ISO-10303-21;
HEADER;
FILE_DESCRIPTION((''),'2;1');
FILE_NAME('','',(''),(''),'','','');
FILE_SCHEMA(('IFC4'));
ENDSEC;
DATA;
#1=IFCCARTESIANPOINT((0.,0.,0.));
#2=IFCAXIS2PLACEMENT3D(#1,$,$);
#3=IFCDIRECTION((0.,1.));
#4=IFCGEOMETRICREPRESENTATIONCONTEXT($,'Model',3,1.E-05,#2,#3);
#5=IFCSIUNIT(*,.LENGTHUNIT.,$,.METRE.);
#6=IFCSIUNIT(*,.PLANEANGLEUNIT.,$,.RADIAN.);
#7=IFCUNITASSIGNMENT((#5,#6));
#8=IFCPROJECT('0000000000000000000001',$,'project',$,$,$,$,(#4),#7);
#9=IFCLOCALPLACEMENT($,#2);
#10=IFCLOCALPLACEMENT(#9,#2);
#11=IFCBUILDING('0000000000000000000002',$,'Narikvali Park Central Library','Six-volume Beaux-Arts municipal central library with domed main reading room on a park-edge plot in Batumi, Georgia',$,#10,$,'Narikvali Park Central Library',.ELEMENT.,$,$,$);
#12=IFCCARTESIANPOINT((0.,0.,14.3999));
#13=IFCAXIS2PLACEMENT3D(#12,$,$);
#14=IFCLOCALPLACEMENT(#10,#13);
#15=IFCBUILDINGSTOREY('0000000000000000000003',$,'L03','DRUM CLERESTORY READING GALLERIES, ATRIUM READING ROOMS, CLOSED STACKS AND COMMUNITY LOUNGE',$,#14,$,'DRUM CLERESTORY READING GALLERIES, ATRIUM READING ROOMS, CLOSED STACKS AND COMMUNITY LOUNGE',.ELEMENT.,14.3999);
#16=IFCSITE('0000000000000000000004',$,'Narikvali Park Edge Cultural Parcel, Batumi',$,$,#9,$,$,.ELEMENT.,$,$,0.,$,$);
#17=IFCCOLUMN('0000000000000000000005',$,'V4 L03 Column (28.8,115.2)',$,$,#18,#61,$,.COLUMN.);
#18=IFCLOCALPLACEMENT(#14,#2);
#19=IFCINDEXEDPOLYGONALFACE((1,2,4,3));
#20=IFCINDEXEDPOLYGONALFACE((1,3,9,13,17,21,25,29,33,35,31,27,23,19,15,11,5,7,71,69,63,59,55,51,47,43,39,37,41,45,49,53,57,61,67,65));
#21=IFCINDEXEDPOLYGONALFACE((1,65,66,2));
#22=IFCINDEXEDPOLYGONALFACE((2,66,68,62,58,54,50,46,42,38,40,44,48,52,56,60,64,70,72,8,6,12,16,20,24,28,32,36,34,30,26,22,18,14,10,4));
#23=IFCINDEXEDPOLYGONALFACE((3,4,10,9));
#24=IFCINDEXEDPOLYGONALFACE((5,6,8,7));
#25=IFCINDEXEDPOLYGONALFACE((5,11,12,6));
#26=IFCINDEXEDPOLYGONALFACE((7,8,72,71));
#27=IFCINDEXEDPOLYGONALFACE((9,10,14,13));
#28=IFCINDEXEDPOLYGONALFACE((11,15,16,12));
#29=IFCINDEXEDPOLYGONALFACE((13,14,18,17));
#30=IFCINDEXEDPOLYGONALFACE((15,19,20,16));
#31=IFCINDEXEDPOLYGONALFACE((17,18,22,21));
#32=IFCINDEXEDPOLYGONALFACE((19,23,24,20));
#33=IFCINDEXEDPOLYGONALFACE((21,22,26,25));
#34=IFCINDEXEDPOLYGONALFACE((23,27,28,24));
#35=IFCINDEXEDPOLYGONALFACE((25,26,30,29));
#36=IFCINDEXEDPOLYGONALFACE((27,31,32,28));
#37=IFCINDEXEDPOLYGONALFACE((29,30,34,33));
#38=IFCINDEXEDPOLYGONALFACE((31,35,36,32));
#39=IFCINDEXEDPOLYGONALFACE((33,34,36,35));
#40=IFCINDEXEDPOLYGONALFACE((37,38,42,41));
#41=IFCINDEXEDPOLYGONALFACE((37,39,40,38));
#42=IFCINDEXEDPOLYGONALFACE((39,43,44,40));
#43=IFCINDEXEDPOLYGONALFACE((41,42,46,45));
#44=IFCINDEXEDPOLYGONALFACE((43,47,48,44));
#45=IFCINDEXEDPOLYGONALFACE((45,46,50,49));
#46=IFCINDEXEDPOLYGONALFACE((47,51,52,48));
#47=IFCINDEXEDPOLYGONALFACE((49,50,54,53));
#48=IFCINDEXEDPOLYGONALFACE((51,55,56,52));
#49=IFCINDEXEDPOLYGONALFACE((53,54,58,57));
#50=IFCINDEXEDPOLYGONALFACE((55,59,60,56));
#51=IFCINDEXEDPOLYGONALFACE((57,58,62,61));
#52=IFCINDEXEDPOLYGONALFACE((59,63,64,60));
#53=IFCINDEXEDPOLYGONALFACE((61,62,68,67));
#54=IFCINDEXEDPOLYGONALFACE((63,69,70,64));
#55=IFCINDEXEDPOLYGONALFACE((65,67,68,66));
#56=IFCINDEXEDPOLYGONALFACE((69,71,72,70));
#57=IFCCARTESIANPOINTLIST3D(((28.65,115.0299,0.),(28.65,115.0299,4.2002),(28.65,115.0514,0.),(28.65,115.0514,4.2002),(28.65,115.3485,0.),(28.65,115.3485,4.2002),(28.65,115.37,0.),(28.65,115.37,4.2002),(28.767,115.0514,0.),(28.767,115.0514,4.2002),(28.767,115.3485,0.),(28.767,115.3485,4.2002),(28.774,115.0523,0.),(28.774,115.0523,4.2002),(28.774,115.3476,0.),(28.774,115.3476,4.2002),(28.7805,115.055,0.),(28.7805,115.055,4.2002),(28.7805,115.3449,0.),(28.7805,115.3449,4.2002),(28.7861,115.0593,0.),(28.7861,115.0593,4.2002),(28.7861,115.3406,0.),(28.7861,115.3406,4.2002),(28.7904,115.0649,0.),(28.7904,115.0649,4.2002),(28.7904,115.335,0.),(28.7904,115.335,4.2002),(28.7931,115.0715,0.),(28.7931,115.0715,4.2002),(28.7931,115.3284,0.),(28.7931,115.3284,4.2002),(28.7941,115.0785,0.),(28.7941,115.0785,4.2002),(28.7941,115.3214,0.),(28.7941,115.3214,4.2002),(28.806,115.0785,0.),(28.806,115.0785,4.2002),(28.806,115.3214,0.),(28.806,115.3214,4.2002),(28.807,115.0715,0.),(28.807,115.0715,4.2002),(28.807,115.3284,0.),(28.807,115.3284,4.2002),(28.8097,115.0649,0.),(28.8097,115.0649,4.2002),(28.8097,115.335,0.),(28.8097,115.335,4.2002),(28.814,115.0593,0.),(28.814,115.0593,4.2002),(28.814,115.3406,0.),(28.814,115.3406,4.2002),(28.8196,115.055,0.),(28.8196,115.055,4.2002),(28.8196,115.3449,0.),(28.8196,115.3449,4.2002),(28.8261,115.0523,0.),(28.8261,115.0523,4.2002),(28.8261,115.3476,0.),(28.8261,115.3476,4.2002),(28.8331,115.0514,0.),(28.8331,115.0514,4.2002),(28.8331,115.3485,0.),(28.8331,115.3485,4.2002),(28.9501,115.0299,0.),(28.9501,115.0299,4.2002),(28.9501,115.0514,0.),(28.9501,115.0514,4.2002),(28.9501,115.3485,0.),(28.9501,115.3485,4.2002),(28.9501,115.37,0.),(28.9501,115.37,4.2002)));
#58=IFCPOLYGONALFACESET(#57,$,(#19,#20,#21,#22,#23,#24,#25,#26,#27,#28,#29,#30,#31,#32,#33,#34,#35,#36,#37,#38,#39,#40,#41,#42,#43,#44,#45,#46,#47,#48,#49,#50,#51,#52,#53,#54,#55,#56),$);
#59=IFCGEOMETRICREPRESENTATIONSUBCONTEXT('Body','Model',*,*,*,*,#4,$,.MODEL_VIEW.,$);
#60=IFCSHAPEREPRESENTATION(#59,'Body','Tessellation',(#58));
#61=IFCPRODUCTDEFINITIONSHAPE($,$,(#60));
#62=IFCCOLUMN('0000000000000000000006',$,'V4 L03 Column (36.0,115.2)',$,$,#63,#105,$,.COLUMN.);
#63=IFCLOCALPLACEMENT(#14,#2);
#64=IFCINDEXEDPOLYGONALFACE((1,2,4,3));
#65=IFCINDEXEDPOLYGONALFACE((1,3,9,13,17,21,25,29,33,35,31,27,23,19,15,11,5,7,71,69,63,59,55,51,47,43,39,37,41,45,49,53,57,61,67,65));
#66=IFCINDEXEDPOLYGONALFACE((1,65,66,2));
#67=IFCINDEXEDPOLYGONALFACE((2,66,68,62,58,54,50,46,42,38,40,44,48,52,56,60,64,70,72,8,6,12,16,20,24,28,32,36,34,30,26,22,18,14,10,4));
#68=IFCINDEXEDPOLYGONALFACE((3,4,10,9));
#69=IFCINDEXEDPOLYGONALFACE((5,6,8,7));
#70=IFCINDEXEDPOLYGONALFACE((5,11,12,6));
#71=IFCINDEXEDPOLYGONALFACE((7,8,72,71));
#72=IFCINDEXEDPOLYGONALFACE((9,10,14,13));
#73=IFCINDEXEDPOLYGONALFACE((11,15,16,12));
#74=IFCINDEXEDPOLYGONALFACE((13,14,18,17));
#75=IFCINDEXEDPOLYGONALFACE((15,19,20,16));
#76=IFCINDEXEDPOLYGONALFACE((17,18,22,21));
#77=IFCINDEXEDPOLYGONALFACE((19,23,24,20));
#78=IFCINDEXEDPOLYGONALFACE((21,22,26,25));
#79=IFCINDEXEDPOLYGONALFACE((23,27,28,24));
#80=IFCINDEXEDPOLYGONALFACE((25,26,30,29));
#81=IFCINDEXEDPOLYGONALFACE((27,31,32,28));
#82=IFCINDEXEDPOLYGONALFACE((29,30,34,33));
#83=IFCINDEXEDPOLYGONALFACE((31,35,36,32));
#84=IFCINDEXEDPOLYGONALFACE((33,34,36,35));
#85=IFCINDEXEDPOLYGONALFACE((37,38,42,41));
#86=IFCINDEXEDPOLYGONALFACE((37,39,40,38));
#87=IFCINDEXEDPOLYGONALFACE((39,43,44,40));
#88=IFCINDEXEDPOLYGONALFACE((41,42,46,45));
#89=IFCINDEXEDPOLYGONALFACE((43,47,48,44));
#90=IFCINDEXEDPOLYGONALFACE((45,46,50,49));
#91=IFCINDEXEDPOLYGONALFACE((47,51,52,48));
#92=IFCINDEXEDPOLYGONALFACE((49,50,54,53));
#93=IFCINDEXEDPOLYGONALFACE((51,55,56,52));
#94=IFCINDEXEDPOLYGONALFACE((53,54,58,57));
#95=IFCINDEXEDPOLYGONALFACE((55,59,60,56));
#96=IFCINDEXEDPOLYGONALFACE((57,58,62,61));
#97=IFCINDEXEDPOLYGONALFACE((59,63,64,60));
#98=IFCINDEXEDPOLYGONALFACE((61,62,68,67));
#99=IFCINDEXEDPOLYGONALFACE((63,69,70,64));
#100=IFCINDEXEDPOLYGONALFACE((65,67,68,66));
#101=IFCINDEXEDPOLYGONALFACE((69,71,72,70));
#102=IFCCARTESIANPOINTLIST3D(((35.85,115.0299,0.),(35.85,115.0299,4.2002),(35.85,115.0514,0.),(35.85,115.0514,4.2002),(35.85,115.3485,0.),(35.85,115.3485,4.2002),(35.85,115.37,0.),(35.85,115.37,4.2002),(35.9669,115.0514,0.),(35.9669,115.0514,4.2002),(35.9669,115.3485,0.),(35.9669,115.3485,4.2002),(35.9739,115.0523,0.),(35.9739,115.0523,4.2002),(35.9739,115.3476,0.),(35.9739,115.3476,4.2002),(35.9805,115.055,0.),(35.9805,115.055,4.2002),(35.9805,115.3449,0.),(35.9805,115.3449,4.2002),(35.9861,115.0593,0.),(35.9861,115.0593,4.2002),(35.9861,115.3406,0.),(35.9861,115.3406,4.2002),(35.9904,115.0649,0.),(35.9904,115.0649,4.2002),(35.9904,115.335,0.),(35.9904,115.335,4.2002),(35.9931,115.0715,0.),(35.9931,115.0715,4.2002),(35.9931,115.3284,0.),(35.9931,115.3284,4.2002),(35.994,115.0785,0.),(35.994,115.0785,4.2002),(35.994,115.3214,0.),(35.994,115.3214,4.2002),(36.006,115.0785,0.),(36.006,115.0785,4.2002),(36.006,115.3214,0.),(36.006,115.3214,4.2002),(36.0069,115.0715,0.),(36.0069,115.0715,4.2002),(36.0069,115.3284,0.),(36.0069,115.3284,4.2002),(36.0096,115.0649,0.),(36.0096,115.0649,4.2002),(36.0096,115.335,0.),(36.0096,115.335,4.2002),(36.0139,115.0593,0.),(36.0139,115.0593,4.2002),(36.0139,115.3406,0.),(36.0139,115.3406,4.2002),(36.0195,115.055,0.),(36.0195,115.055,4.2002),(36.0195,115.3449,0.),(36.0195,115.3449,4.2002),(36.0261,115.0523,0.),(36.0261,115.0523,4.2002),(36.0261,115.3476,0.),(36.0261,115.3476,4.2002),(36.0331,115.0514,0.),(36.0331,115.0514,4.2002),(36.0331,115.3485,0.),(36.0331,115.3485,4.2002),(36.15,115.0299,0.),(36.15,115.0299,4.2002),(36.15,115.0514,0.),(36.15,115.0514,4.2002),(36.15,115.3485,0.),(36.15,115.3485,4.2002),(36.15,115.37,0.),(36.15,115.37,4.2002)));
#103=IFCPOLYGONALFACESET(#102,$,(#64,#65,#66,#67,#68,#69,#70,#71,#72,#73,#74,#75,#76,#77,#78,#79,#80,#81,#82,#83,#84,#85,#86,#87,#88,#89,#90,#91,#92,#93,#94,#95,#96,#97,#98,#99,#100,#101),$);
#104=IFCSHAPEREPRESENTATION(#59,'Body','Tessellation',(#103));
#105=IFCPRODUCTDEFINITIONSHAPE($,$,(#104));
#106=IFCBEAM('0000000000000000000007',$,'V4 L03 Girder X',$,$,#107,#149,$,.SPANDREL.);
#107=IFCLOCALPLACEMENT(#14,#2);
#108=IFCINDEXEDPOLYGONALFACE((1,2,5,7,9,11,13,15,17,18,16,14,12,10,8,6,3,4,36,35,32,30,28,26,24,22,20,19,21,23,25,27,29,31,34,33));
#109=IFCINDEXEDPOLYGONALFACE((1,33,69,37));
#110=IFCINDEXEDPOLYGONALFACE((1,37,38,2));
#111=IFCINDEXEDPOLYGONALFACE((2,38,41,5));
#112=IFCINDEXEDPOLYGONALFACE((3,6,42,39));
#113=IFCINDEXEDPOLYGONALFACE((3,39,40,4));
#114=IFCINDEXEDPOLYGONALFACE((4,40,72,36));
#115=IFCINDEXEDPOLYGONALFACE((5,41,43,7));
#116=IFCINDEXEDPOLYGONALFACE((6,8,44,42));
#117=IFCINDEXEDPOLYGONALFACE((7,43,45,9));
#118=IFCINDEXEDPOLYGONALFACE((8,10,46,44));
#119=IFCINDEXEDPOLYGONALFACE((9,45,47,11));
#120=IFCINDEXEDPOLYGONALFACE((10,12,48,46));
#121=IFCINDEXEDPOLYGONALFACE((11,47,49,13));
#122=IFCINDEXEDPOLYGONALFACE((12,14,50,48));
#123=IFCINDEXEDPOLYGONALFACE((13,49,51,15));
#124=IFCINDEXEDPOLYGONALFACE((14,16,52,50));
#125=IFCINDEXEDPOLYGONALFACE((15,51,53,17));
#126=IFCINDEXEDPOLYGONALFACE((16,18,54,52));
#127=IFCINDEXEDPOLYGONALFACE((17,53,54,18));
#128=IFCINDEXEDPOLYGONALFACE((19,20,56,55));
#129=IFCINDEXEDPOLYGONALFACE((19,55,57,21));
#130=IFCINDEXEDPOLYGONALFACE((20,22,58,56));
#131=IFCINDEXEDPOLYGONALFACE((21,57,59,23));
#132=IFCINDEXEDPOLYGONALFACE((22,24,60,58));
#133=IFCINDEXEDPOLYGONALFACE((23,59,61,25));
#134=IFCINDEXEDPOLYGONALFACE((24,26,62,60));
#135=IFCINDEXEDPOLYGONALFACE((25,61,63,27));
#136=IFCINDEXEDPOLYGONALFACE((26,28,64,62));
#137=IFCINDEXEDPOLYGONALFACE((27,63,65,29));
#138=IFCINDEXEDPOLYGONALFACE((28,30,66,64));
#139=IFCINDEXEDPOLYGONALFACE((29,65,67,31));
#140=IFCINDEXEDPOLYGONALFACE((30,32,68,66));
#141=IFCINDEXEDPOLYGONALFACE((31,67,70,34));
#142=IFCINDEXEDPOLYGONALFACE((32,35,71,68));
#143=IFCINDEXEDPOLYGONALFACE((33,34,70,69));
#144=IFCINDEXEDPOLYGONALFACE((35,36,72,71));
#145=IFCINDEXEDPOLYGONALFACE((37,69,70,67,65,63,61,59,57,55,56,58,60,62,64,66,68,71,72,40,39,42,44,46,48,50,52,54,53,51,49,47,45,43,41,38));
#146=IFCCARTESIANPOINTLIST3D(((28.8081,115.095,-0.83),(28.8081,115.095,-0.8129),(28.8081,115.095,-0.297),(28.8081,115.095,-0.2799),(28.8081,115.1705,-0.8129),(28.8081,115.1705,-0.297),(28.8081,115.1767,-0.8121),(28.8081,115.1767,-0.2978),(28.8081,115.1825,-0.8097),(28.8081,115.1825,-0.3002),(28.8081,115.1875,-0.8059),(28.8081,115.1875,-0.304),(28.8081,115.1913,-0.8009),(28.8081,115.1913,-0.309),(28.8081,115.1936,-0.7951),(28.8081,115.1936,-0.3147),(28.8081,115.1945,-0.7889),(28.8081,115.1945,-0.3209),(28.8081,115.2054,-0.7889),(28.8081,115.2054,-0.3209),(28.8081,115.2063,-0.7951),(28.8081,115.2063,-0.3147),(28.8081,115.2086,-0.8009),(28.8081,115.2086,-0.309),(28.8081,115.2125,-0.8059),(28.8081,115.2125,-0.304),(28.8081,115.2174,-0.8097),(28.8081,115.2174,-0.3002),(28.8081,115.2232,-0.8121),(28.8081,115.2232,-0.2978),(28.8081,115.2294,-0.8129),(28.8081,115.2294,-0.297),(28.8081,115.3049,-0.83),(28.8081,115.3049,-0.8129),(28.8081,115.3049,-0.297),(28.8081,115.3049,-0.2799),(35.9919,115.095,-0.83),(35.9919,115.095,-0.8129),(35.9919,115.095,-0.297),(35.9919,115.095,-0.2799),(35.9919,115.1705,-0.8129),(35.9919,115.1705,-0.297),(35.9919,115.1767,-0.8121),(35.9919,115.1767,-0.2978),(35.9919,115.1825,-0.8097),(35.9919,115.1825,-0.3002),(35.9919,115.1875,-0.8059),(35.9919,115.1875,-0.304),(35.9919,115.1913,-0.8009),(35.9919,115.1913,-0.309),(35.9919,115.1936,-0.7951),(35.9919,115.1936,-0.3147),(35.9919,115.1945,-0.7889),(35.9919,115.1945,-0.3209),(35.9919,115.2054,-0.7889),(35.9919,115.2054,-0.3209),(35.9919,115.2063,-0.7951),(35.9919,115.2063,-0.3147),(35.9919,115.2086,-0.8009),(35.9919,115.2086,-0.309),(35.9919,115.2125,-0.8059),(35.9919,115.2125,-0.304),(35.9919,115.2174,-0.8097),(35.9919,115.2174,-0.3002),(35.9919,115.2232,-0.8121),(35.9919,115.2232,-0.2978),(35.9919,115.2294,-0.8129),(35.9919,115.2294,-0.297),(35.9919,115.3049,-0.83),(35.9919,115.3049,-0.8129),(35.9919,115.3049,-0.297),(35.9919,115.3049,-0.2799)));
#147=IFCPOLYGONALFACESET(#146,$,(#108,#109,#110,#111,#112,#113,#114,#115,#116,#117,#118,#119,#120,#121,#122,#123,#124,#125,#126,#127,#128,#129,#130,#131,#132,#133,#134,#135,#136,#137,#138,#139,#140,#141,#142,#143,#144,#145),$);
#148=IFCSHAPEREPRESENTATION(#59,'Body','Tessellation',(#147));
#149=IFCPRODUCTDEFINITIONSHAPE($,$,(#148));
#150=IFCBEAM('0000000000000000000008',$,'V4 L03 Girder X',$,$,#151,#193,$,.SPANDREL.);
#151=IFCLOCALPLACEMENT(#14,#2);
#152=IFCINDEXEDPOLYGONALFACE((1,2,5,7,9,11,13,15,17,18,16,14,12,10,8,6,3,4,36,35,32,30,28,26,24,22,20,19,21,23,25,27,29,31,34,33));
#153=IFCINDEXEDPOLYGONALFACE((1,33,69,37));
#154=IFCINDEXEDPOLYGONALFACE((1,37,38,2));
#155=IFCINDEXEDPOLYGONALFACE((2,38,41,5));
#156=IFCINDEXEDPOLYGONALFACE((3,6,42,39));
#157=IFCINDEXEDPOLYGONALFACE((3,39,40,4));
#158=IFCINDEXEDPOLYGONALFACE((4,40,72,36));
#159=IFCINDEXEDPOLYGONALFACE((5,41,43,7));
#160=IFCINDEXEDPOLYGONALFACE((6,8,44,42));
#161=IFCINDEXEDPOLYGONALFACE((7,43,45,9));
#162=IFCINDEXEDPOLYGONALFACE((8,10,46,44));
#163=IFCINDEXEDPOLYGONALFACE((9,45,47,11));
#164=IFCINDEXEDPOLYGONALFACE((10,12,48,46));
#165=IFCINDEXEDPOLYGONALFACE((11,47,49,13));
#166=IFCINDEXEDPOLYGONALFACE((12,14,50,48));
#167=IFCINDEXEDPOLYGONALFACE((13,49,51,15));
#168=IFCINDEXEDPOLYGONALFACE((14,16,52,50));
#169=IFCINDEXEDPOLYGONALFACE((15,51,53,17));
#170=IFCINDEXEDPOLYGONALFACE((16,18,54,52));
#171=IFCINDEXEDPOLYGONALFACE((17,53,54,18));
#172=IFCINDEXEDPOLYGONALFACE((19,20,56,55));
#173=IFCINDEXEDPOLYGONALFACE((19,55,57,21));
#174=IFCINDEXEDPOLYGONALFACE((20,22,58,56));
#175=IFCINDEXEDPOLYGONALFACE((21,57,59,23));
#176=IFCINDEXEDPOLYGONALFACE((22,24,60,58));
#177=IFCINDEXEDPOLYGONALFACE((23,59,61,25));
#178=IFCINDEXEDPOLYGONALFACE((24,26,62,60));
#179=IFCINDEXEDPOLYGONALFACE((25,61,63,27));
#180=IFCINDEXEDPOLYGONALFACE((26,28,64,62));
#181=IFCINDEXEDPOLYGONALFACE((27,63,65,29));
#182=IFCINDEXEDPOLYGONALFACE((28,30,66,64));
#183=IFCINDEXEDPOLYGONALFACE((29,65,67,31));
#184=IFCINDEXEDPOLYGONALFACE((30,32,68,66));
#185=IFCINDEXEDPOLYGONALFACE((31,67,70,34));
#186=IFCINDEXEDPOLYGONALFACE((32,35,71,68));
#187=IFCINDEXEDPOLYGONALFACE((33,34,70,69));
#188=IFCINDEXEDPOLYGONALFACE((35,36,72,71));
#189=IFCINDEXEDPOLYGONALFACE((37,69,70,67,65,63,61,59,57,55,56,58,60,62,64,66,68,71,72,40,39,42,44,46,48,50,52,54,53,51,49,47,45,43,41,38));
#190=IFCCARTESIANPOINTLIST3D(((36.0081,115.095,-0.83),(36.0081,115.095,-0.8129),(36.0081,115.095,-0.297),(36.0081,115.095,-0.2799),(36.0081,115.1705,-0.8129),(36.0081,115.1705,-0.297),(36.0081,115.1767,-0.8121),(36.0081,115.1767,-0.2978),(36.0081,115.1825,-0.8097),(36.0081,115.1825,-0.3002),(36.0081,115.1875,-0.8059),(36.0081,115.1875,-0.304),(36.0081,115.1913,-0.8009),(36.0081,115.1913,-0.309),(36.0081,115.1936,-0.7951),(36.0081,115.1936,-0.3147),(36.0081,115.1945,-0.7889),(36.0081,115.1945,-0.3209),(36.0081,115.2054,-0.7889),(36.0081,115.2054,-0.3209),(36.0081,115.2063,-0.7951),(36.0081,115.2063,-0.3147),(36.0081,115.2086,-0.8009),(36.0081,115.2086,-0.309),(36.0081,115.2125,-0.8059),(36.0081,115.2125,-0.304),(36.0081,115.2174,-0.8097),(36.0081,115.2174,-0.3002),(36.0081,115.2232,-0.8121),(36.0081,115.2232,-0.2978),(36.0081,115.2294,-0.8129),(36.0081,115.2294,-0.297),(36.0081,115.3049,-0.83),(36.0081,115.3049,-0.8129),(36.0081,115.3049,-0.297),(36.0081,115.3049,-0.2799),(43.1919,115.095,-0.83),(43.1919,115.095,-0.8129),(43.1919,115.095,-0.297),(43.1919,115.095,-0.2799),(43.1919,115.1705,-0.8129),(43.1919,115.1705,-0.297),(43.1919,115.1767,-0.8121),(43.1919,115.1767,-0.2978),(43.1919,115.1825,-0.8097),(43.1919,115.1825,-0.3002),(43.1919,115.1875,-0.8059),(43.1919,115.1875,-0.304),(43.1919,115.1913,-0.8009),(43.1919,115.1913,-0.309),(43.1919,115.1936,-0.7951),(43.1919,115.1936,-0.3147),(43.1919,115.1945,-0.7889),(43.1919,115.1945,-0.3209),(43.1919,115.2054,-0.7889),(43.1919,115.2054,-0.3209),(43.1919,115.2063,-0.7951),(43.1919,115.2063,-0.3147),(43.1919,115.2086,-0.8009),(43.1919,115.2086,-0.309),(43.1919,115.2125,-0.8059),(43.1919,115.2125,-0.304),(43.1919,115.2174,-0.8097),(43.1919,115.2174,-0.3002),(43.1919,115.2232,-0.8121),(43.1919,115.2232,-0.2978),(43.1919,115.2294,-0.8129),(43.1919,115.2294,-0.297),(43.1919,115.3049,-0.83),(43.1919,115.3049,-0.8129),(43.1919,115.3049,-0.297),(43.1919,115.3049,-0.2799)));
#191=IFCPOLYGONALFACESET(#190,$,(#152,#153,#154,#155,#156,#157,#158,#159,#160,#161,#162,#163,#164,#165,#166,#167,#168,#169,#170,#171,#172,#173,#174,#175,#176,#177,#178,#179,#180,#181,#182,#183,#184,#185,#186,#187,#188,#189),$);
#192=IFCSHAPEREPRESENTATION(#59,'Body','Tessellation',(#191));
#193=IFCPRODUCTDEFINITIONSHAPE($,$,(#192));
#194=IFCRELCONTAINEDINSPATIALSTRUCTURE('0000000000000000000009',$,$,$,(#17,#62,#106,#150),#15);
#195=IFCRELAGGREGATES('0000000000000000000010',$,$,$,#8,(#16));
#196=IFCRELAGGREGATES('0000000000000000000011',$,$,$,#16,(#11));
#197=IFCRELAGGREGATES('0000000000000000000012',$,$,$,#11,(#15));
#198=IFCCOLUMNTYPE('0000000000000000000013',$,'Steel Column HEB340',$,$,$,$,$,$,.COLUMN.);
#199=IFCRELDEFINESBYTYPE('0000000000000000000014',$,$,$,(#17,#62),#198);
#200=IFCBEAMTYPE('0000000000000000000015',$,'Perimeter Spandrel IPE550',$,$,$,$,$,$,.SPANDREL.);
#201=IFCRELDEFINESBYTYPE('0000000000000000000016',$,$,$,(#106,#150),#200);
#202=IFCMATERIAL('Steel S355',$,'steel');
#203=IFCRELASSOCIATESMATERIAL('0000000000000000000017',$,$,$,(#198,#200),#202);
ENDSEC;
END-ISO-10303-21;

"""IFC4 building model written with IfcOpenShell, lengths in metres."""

from ifc_helpers import new_model, si_unit, direction, frame, origin, origin_2d, place, context, subcontext, project, spatial, i_section, extrude, material, material_profile, profile_set, type_object, element, save


model = new_model("IFC4")

# Units and contexts
model_context = context("Model", 3, precision=1e-05, world=origin(), true_north=direction((0.0, 1.0)))
body_context = subcontext(model_context, "Body", "Model", "MODEL_VIEW")
ifc_project = project(units=[si_unit("LENGTHUNIT", "METRE"), si_unit("PLANEANGLEUNIT", "RADIAN")], contexts=[model_context])

# Site, building, storey
site_placement = place(None, origin())
site = spatial("IfcSite", under=ifc_project, at=site_placement, Name="Narikvali Park Edge Cultural Parcel, Batumi", CompositionType="ELEMENT", RefElevation=0.0)
building_placement = place(site_placement, origin())
building = spatial("IfcBuilding", under=site, at=building_placement, Name="Narikvali Park Central Library", Description="Six-volume Beaux-Arts municipal central library with domed main reading room on a park-edge plot in Batumi, Georgia", LongName="Narikvali Park Central Library", CompositionType="ELEMENT")
storey_placement = place(building_placement, frame((0.0, 0.0, 14.3999)))
storey = spatial("IfcBuildingStorey", under=building, at=storey_placement, Name="L03", Description="DRUM CLERESTORY READING GALLERIES, ATRIUM READING ROOMS, CLOSED STACKS AND COMMUNITY LOUNGE", LongName="DRUM CLERESTORY READING GALLERIES, ATRIUM READING ROOMS, CLOSED STACKS AND COMMUNITY LOUNGE", CompositionType="ELEMENT", Elevation=14.3999)

# Columns
ifc_material_1 = material(Name="Steel S355", Category="steel")
ifc_material_profile_1 = material_profile(ifc_material_1, i_section(OverallWidth=0.3, OverallDepth=0.3401, WebThickness=0.012, FlangeThickness=0.0215, FilletRadius=0.0271, at=origin_2d()), Name="HEB 340")
ifc_profile_set_1 = profile_set([ifc_material_profile_1], Name="Steel S355")
column_type = type_object("IfcColumnType", Name="Steel Column HEB340", PredefinedType="COLUMN", material=ifc_profile_set_1)
for number, where, z_axis, x_axis, name in (
    (1, (28.8, 115.2, 0.0), (0.0, 0.0, 1.0), (1.0, 0.0, 0.0), "V4 L03 Column (28.8,115.2)"),
    (2, (36.0, 115.2, 0.0), (0.0, 0.0, 1.0), (1.0, 0.0, 0.0), "V4 L03 Column (36.0,115.2)"),
):
    element("IfcColumn", number, at=place(storey_placement, frame(where, z_axis=z_axis, x_axis=x_axis)), inside=storey, type_object=column_type, Name=name, PredefinedType="COLUMN", context=body_context, shape_type="SweptSolid", body=[
        extrude(i_section(OverallWidth=0.3, OverallDepth=0.3401, WebThickness=0.012, FlangeThickness=0.0215, FilletRadius=0.0271, at=origin_2d()), origin(), (0.0, 0.0, 1.0), 4.2002),
    ])

# Beams
ifc_material_profile_2 = material_profile(ifc_material_1, i_section(OverallWidth=0.21, OverallDepth=0.55, WebThickness=0.011, FlangeThickness=0.0171, FilletRadius=0.0239, at=origin_2d()), Name="IPE 550")
ifc_profile_set_2 = profile_set([ifc_material_profile_2], Name="Steel S355")
beam_type_1 = type_object("IfcBeamType", Name="Perimeter Spandrel IPE550", PredefinedType="SPANDREL", material=ifc_profile_set_2)
for number, where, z_axis, x_axis, name in (
    (3, (28.8081, 115.2, -0.5549), (1.0, 0.0, 0.0), (0.0, 1.0, 0.0), "V4 L03 Girder X"),
    (4, (36.0081, 115.2, -0.5549), (1.0, 0.0, 0.0), (0.0, 1.0, 0.0), "V4 L03 Girder X"),
):
    element("IfcBeam", number, at=place(storey_placement, frame(where, z_axis=z_axis, x_axis=x_axis)), inside=storey, type_object=beam_type_1, Name=name, PredefinedType="SPANDREL", context=body_context, shape_type="SweptSolid", body=[
        extrude(i_section(OverallWidth=0.21, OverallDepth=0.55, WebThickness=0.011, FlangeThickness=0.0171, FilletRadius=0.0239, at=origin_2d()), origin(), (0.0, 0.0, 1.0), 7.1838),
    ])

save(model, "model.ifc")
